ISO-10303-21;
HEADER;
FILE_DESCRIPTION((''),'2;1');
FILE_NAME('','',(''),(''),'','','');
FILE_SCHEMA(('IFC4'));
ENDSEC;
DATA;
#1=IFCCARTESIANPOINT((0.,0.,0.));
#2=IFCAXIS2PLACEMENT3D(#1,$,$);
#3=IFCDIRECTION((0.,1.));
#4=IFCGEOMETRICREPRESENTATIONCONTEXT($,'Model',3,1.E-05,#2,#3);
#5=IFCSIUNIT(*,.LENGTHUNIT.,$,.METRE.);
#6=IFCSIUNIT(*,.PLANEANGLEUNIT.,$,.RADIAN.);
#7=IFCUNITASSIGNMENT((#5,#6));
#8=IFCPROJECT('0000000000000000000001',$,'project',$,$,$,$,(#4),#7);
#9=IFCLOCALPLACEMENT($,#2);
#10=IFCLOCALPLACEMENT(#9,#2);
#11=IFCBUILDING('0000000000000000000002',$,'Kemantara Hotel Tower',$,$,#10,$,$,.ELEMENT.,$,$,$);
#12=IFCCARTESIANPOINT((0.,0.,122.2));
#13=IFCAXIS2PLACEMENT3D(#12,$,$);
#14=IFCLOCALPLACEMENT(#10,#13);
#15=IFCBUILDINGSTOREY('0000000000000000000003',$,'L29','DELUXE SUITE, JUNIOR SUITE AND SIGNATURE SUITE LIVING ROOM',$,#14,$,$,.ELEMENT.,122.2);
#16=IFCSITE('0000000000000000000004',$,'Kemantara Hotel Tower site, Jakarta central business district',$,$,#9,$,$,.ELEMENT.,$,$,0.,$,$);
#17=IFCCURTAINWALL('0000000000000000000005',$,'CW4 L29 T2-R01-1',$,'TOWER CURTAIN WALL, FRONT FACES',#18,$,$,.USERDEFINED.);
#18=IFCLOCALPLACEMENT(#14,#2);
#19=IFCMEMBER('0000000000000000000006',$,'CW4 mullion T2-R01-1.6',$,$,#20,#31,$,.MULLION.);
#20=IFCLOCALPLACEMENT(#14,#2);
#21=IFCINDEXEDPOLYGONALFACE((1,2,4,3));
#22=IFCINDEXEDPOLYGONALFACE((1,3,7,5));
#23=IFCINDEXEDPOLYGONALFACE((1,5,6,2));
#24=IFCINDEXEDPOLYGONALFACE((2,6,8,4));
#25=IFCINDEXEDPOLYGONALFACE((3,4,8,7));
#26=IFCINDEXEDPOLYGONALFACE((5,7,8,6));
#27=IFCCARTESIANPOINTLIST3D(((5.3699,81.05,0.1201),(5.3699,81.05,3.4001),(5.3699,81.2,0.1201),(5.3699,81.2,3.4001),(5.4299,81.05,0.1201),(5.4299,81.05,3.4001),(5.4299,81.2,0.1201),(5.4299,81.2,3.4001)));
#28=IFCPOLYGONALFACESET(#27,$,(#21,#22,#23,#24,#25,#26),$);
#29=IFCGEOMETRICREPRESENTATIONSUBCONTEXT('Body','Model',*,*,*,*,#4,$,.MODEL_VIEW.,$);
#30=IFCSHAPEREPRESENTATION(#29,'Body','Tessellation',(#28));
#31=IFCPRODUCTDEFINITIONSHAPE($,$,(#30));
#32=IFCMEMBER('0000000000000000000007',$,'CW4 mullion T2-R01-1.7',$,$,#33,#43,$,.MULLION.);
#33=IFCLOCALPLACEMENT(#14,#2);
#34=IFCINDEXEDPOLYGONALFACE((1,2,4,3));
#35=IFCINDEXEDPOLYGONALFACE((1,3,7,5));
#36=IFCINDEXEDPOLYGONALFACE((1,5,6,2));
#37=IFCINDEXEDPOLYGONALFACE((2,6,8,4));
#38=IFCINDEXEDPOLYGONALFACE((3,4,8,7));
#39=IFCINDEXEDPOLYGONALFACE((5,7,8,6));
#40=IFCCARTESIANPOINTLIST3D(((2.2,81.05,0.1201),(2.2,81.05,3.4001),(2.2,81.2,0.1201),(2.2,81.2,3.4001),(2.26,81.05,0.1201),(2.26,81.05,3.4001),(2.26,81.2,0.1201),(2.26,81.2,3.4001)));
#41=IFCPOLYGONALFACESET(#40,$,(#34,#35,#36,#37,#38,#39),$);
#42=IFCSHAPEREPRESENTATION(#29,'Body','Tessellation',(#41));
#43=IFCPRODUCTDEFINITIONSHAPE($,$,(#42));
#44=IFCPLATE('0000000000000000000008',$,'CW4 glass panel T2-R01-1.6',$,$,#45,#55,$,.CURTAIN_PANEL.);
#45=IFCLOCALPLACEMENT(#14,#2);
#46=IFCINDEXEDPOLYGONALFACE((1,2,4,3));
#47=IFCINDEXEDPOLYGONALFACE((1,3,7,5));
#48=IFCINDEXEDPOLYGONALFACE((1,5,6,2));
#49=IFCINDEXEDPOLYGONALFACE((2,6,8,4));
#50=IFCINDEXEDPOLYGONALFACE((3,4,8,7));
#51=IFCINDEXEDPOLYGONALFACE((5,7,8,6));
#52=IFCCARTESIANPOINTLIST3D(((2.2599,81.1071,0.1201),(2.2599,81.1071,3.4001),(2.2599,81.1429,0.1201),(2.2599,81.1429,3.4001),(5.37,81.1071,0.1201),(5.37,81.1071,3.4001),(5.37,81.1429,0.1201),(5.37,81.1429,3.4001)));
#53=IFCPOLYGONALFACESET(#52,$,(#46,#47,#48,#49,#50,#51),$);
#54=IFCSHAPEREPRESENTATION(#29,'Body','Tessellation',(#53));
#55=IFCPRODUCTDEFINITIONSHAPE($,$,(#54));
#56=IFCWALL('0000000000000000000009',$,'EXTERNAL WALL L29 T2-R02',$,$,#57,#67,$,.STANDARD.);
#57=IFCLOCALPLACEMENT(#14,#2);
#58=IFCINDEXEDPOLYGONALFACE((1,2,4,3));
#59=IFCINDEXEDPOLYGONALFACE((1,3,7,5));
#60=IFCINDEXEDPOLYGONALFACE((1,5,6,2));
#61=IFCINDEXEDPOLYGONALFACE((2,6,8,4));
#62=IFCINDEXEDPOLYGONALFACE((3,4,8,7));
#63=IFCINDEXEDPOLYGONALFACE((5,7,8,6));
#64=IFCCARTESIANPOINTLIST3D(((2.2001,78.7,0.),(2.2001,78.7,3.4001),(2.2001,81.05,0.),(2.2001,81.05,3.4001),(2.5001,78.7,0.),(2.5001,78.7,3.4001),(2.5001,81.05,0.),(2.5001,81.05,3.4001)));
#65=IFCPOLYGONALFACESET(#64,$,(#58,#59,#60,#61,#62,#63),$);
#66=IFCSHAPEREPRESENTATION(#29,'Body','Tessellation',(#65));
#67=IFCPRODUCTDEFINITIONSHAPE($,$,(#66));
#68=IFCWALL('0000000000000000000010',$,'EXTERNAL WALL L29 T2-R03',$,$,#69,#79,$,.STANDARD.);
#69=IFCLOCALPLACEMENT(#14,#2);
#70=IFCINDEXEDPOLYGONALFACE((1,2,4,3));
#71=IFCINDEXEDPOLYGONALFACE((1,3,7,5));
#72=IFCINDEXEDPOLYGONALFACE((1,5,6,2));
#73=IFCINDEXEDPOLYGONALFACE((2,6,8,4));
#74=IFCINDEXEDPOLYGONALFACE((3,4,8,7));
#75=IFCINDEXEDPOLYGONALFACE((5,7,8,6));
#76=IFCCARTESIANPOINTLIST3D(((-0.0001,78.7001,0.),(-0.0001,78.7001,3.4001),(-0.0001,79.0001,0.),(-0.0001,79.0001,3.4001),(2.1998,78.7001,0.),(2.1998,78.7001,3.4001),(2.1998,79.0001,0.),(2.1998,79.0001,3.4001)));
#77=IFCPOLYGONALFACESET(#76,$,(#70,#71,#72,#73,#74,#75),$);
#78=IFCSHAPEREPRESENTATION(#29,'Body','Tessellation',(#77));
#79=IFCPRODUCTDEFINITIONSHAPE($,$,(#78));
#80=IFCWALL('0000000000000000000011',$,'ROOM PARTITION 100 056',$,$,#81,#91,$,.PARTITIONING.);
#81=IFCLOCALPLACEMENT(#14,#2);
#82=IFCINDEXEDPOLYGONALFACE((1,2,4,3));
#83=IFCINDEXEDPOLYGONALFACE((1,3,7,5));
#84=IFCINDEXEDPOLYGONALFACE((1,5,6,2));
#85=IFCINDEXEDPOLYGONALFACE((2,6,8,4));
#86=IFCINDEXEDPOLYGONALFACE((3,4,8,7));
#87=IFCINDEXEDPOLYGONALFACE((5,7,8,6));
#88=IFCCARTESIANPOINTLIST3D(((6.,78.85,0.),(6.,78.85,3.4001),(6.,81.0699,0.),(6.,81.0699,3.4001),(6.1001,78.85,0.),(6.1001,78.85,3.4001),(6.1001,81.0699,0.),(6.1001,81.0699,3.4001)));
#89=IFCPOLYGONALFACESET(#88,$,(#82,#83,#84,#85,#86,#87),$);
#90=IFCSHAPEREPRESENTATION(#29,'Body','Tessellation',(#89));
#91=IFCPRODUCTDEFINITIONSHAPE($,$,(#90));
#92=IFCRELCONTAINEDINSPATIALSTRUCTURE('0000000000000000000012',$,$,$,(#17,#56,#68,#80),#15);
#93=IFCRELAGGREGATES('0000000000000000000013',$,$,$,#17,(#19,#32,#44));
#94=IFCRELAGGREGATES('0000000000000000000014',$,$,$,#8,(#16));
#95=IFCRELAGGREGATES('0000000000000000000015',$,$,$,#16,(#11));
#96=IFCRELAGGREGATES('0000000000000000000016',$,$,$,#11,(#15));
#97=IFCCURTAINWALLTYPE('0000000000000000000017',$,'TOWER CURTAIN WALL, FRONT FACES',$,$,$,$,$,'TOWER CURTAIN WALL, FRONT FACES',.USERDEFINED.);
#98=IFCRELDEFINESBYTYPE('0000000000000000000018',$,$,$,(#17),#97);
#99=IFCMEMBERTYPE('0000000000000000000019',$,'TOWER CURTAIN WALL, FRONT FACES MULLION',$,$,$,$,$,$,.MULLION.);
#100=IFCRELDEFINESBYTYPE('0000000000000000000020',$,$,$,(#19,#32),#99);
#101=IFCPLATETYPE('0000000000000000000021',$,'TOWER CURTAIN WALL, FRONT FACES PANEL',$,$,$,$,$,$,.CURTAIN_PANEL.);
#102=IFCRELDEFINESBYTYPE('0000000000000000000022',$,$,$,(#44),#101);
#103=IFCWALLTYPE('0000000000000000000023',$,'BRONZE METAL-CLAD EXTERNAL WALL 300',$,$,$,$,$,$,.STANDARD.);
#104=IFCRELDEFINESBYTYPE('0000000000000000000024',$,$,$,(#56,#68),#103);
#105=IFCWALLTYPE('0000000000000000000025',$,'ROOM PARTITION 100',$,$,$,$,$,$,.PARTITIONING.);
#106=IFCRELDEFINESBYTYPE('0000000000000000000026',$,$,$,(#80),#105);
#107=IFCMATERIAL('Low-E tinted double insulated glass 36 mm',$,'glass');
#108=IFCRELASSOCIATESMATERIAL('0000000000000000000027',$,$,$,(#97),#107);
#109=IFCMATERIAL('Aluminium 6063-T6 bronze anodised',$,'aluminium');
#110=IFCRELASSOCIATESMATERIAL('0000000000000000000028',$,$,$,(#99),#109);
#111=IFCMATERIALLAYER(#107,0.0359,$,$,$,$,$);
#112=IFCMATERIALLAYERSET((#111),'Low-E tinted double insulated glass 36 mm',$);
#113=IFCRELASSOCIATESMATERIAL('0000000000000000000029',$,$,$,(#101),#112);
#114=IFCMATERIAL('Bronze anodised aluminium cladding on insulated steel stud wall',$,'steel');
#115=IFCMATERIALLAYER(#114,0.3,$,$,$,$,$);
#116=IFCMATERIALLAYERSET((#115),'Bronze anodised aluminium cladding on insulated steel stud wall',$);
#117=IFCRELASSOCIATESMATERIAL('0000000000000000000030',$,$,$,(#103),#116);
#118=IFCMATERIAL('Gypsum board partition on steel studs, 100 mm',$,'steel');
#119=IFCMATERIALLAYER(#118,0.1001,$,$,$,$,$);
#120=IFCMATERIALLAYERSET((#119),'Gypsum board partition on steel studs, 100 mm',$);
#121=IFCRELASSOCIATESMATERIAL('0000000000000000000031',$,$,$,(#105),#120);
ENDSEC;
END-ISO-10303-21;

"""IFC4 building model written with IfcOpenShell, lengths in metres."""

from ifc_helpers import new_model, si_unit, direction, frame, frame_2d, origin, origin_2d, place, context, subcontext, project, spatial, rectangle, extrude, source, transform, mapped, material, layer, layer_set, material_profile, profile_set, type_object, element, aggregate, save


model = new_model("IFC4")

# Units and contexts
model_context = context("Model", 3, precision=1e-05, world=origin(), true_north=direction((0.0, 1.0)))
body_context = subcontext(model_context, "Body", "Model", "MODEL_VIEW")
ifc_project = project(units=[si_unit("LENGTHUNIT", "METRE"), si_unit("PLANEANGLEUNIT", "RADIAN")], contexts=[model_context])

# Site, building, storey
site_placement = place(None, origin())
site = spatial("IfcSite", under=ifc_project, at=site_placement, Name="Kemantara Hotel Tower site, Jakarta central business district", CompositionType="ELEMENT", RefElevation=0.0)
building_placement = place(site_placement, origin())
building = spatial("IfcBuilding", under=site, at=building_placement, Name="Kemantara Hotel Tower", CompositionType="ELEMENT")
storey_placement = place(building_placement, frame((0.0, 0.0, 122.2)))
storey = spatial("IfcBuildingStorey", under=building, at=storey_placement, Name="L29", Description="DELUXE SUITE, JUNIOR SUITE AND SIGNATURE SUITE LIVING ROOM", CompositionType="ELEMENT", Elevation=122.2)

# Curtain wall, members, plate
ifc_material_1 = material(Name="Low-E tinted double insulated glass 36 mm", Category="glass")
curtain_wall_type = type_object("IfcCurtainWallType", Name="TOWER CURTAIN WALL, FRONT FACES", ElementType="TOWER CURTAIN WALL, FRONT FACES", PredefinedType="USERDEFINED", material=ifc_material_1)
curtain_wall_placement = place(storey_placement, origin())
curtain_wall = element("IfcCurtainWall", 1, at=curtain_wall_placement, inside=storey, type_object=curtain_wall_type, Name="CW4 L29 T2-R01-1", ObjectType="TOWER CURTAIN WALL, FRONT FACES", PredefinedType="USERDEFINED")
ifc_material_2 = material(Name="Aluminium 6063-T6 bronze anodised", Category="aluminium")
ifc_material_profile = material_profile(ifc_material_2, rectangle(XDim=0.1499, YDim=0.0601, at=origin_2d()), Name="TOWER CURTAIN WALL, FRONT FACES MULLION")
ifc_profile_set = profile_set([ifc_material_profile], Name="Aluminium 6063-T6 bronze anodised")
member_type = type_object("IfcMemberType", Name="TOWER CURTAIN WALL, FRONT FACES MULLION", PredefinedType="MULLION", material=ifc_profile_set)
shared_shape_1 = source(origin(), body_context, "Body", "SweptSolid", [
    extrude(rectangle(XDim=0.1499, YDim=0.0601, at=origin_2d()), origin(), (0.0, 0.0, 1.0), 3.28),
])
member_1_placement = place(storey_placement, frame((5.3999, 81.125, 0.1201), z_axis=(0.0, 0.0, 1.0), x_axis=(0.0, -1.0, 0.0)))
member_1 = element("IfcMember", 2, at=member_1_placement, type_object=member_type, Name="CW4 mullion T2-R01-1.6", PredefinedType="MULLION", context=body_context, shape_type="MappedRepresentation", body=[
    mapped(shared_shape_1, transform((0.0, 0.0, 0.0))),
])
member_2_placement = place(storey_placement, frame((2.23, 81.125, 0.1201), z_axis=(0.0, 0.0, 1.0), x_axis=(0.0, -1.0, 0.0)))
member_2 = element("IfcMember", 3, at=member_2_placement, type_object=member_type, Name="CW4 mullion T2-R01-1.7", PredefinedType="MULLION", context=body_context, shape_type="MappedRepresentation", body=[
    mapped(shared_shape_1, transform((0.0, 0.0, 0.0))),
])
ifc_layer_1 = layer(ifc_material_1, 0.0359)
ifc_layer_set_1 = layer_set([ifc_layer_1], Name="Low-E tinted double insulated glass 36 mm")
plate_type = type_object("IfcPlateType", Name="TOWER CURTAIN WALL, FRONT FACES PANEL", PredefinedType="CURTAIN_PANEL", material=ifc_layer_set_1)
shared_shape_2 = source(origin(), body_context, "Body", "SweptSolid", [
    extrude(rectangle(XDim=3.1101, YDim=0.0359, at=origin_2d()), origin(), (0.0, 0.0, 1.0), 3.28),
])
plate_placement = place(storey_placement, frame((3.8149, 81.125, 0.1201), z_axis=(0.0, 0.0, 1.0), x_axis=(-1.0, 0.0, 0.0)))
plate = element("IfcPlate", 4, at=plate_placement, type_object=plate_type, Name="CW4 glass panel T2-R01-1.6", PredefinedType="CURTAIN_PANEL", context=body_context, shape_type="MappedRepresentation", body=[
    mapped(shared_shape_2, transform((0.0, 0.0, 0.0))),
])
aggregate(curtain_wall, [member_1, member_2, plate])

# Walls
ifc_material_3 = material(Name="Bronze anodised aluminium cladding on insulated steel stud wall", Category="steel")
ifc_layer_2 = layer(ifc_material_3, 0.3)
ifc_layer_set_2 = layer_set([ifc_layer_2], Name="Bronze anodised aluminium cladding on insulated steel stud wall")
wall_type_1 = type_object("IfcWallType", Name="BRONZE METAL-CLAD EXTERNAL WALL 300", PredefinedType="STANDARD", material=ifc_layer_set_2)
wall_1_placement = place(storey_placement, frame((2.3501, 81.05, 0.0), z_axis=(0.0, 0.0, 1.0), x_axis=(0.0, -1.0, 0.0)))
element("IfcWall", 5, at=wall_1_placement, inside=storey, type_object=wall_type_1, Name="EXTERNAL WALL L29 T2-R02", PredefinedType="STANDARD", context=body_context, shape_type="SweptSolid", body=[
    extrude(rectangle(XDim=2.3501, YDim=0.3, at=frame_2d((1.175, 0.0))), origin(), (0.0, 0.0, 1.0), 3.4001),
])
wall_2_placement = place(storey_placement, frame((2.2, 78.8501, 0.0), z_axis=(0.0, 0.0, 1.0), x_axis=(-1.0, 0.0, 0.0)))
element("IfcWall", 6, at=wall_2_placement, inside=storey, type_object=wall_type_1, Name="EXTERNAL WALL L29 T2-R03", PredefinedType="STANDARD", context=body_context, shape_type="SweptSolid", body=[
    extrude(rectangle(XDim=2.2, YDim=0.3, at=frame_2d((1.1001, 0.0))), origin(), (0.0, 0.0, 1.0), 3.4001),
])
ifc_material_4 = material(Name="Gypsum board partition on steel studs, 100 mm", Category="steel")
ifc_layer_3 = layer(ifc_material_4, 0.1001)
ifc_layer_set_3 = layer_set([ifc_layer_3], Name="Gypsum board partition on steel studs, 100 mm")
wall_type_2 = type_object("IfcWallType", Name="ROOM PARTITION 100", PredefinedType="PARTITIONING", material=ifc_layer_set_3)
wall_3_placement = place(storey_placement, frame((6.05, 78.8501, 0.0), z_axis=(0.0, 0.0, 1.0), x_axis=(0.0, 1.0, 0.0)))
element("IfcWall", 7, at=wall_3_placement, inside=storey, type_object=wall_type_2, Name="ROOM PARTITION 100 056", PredefinedType="PARTITIONING", context=body_context, shape_type="SweptSolid", body=[
    extrude(rectangle(XDim=2.22, YDim=0.1001, at=frame_2d((1.1099, 0.0))), origin(), (0.0, 0.0, 1.0), 3.4001),
])

save(model, "model.ifc")
